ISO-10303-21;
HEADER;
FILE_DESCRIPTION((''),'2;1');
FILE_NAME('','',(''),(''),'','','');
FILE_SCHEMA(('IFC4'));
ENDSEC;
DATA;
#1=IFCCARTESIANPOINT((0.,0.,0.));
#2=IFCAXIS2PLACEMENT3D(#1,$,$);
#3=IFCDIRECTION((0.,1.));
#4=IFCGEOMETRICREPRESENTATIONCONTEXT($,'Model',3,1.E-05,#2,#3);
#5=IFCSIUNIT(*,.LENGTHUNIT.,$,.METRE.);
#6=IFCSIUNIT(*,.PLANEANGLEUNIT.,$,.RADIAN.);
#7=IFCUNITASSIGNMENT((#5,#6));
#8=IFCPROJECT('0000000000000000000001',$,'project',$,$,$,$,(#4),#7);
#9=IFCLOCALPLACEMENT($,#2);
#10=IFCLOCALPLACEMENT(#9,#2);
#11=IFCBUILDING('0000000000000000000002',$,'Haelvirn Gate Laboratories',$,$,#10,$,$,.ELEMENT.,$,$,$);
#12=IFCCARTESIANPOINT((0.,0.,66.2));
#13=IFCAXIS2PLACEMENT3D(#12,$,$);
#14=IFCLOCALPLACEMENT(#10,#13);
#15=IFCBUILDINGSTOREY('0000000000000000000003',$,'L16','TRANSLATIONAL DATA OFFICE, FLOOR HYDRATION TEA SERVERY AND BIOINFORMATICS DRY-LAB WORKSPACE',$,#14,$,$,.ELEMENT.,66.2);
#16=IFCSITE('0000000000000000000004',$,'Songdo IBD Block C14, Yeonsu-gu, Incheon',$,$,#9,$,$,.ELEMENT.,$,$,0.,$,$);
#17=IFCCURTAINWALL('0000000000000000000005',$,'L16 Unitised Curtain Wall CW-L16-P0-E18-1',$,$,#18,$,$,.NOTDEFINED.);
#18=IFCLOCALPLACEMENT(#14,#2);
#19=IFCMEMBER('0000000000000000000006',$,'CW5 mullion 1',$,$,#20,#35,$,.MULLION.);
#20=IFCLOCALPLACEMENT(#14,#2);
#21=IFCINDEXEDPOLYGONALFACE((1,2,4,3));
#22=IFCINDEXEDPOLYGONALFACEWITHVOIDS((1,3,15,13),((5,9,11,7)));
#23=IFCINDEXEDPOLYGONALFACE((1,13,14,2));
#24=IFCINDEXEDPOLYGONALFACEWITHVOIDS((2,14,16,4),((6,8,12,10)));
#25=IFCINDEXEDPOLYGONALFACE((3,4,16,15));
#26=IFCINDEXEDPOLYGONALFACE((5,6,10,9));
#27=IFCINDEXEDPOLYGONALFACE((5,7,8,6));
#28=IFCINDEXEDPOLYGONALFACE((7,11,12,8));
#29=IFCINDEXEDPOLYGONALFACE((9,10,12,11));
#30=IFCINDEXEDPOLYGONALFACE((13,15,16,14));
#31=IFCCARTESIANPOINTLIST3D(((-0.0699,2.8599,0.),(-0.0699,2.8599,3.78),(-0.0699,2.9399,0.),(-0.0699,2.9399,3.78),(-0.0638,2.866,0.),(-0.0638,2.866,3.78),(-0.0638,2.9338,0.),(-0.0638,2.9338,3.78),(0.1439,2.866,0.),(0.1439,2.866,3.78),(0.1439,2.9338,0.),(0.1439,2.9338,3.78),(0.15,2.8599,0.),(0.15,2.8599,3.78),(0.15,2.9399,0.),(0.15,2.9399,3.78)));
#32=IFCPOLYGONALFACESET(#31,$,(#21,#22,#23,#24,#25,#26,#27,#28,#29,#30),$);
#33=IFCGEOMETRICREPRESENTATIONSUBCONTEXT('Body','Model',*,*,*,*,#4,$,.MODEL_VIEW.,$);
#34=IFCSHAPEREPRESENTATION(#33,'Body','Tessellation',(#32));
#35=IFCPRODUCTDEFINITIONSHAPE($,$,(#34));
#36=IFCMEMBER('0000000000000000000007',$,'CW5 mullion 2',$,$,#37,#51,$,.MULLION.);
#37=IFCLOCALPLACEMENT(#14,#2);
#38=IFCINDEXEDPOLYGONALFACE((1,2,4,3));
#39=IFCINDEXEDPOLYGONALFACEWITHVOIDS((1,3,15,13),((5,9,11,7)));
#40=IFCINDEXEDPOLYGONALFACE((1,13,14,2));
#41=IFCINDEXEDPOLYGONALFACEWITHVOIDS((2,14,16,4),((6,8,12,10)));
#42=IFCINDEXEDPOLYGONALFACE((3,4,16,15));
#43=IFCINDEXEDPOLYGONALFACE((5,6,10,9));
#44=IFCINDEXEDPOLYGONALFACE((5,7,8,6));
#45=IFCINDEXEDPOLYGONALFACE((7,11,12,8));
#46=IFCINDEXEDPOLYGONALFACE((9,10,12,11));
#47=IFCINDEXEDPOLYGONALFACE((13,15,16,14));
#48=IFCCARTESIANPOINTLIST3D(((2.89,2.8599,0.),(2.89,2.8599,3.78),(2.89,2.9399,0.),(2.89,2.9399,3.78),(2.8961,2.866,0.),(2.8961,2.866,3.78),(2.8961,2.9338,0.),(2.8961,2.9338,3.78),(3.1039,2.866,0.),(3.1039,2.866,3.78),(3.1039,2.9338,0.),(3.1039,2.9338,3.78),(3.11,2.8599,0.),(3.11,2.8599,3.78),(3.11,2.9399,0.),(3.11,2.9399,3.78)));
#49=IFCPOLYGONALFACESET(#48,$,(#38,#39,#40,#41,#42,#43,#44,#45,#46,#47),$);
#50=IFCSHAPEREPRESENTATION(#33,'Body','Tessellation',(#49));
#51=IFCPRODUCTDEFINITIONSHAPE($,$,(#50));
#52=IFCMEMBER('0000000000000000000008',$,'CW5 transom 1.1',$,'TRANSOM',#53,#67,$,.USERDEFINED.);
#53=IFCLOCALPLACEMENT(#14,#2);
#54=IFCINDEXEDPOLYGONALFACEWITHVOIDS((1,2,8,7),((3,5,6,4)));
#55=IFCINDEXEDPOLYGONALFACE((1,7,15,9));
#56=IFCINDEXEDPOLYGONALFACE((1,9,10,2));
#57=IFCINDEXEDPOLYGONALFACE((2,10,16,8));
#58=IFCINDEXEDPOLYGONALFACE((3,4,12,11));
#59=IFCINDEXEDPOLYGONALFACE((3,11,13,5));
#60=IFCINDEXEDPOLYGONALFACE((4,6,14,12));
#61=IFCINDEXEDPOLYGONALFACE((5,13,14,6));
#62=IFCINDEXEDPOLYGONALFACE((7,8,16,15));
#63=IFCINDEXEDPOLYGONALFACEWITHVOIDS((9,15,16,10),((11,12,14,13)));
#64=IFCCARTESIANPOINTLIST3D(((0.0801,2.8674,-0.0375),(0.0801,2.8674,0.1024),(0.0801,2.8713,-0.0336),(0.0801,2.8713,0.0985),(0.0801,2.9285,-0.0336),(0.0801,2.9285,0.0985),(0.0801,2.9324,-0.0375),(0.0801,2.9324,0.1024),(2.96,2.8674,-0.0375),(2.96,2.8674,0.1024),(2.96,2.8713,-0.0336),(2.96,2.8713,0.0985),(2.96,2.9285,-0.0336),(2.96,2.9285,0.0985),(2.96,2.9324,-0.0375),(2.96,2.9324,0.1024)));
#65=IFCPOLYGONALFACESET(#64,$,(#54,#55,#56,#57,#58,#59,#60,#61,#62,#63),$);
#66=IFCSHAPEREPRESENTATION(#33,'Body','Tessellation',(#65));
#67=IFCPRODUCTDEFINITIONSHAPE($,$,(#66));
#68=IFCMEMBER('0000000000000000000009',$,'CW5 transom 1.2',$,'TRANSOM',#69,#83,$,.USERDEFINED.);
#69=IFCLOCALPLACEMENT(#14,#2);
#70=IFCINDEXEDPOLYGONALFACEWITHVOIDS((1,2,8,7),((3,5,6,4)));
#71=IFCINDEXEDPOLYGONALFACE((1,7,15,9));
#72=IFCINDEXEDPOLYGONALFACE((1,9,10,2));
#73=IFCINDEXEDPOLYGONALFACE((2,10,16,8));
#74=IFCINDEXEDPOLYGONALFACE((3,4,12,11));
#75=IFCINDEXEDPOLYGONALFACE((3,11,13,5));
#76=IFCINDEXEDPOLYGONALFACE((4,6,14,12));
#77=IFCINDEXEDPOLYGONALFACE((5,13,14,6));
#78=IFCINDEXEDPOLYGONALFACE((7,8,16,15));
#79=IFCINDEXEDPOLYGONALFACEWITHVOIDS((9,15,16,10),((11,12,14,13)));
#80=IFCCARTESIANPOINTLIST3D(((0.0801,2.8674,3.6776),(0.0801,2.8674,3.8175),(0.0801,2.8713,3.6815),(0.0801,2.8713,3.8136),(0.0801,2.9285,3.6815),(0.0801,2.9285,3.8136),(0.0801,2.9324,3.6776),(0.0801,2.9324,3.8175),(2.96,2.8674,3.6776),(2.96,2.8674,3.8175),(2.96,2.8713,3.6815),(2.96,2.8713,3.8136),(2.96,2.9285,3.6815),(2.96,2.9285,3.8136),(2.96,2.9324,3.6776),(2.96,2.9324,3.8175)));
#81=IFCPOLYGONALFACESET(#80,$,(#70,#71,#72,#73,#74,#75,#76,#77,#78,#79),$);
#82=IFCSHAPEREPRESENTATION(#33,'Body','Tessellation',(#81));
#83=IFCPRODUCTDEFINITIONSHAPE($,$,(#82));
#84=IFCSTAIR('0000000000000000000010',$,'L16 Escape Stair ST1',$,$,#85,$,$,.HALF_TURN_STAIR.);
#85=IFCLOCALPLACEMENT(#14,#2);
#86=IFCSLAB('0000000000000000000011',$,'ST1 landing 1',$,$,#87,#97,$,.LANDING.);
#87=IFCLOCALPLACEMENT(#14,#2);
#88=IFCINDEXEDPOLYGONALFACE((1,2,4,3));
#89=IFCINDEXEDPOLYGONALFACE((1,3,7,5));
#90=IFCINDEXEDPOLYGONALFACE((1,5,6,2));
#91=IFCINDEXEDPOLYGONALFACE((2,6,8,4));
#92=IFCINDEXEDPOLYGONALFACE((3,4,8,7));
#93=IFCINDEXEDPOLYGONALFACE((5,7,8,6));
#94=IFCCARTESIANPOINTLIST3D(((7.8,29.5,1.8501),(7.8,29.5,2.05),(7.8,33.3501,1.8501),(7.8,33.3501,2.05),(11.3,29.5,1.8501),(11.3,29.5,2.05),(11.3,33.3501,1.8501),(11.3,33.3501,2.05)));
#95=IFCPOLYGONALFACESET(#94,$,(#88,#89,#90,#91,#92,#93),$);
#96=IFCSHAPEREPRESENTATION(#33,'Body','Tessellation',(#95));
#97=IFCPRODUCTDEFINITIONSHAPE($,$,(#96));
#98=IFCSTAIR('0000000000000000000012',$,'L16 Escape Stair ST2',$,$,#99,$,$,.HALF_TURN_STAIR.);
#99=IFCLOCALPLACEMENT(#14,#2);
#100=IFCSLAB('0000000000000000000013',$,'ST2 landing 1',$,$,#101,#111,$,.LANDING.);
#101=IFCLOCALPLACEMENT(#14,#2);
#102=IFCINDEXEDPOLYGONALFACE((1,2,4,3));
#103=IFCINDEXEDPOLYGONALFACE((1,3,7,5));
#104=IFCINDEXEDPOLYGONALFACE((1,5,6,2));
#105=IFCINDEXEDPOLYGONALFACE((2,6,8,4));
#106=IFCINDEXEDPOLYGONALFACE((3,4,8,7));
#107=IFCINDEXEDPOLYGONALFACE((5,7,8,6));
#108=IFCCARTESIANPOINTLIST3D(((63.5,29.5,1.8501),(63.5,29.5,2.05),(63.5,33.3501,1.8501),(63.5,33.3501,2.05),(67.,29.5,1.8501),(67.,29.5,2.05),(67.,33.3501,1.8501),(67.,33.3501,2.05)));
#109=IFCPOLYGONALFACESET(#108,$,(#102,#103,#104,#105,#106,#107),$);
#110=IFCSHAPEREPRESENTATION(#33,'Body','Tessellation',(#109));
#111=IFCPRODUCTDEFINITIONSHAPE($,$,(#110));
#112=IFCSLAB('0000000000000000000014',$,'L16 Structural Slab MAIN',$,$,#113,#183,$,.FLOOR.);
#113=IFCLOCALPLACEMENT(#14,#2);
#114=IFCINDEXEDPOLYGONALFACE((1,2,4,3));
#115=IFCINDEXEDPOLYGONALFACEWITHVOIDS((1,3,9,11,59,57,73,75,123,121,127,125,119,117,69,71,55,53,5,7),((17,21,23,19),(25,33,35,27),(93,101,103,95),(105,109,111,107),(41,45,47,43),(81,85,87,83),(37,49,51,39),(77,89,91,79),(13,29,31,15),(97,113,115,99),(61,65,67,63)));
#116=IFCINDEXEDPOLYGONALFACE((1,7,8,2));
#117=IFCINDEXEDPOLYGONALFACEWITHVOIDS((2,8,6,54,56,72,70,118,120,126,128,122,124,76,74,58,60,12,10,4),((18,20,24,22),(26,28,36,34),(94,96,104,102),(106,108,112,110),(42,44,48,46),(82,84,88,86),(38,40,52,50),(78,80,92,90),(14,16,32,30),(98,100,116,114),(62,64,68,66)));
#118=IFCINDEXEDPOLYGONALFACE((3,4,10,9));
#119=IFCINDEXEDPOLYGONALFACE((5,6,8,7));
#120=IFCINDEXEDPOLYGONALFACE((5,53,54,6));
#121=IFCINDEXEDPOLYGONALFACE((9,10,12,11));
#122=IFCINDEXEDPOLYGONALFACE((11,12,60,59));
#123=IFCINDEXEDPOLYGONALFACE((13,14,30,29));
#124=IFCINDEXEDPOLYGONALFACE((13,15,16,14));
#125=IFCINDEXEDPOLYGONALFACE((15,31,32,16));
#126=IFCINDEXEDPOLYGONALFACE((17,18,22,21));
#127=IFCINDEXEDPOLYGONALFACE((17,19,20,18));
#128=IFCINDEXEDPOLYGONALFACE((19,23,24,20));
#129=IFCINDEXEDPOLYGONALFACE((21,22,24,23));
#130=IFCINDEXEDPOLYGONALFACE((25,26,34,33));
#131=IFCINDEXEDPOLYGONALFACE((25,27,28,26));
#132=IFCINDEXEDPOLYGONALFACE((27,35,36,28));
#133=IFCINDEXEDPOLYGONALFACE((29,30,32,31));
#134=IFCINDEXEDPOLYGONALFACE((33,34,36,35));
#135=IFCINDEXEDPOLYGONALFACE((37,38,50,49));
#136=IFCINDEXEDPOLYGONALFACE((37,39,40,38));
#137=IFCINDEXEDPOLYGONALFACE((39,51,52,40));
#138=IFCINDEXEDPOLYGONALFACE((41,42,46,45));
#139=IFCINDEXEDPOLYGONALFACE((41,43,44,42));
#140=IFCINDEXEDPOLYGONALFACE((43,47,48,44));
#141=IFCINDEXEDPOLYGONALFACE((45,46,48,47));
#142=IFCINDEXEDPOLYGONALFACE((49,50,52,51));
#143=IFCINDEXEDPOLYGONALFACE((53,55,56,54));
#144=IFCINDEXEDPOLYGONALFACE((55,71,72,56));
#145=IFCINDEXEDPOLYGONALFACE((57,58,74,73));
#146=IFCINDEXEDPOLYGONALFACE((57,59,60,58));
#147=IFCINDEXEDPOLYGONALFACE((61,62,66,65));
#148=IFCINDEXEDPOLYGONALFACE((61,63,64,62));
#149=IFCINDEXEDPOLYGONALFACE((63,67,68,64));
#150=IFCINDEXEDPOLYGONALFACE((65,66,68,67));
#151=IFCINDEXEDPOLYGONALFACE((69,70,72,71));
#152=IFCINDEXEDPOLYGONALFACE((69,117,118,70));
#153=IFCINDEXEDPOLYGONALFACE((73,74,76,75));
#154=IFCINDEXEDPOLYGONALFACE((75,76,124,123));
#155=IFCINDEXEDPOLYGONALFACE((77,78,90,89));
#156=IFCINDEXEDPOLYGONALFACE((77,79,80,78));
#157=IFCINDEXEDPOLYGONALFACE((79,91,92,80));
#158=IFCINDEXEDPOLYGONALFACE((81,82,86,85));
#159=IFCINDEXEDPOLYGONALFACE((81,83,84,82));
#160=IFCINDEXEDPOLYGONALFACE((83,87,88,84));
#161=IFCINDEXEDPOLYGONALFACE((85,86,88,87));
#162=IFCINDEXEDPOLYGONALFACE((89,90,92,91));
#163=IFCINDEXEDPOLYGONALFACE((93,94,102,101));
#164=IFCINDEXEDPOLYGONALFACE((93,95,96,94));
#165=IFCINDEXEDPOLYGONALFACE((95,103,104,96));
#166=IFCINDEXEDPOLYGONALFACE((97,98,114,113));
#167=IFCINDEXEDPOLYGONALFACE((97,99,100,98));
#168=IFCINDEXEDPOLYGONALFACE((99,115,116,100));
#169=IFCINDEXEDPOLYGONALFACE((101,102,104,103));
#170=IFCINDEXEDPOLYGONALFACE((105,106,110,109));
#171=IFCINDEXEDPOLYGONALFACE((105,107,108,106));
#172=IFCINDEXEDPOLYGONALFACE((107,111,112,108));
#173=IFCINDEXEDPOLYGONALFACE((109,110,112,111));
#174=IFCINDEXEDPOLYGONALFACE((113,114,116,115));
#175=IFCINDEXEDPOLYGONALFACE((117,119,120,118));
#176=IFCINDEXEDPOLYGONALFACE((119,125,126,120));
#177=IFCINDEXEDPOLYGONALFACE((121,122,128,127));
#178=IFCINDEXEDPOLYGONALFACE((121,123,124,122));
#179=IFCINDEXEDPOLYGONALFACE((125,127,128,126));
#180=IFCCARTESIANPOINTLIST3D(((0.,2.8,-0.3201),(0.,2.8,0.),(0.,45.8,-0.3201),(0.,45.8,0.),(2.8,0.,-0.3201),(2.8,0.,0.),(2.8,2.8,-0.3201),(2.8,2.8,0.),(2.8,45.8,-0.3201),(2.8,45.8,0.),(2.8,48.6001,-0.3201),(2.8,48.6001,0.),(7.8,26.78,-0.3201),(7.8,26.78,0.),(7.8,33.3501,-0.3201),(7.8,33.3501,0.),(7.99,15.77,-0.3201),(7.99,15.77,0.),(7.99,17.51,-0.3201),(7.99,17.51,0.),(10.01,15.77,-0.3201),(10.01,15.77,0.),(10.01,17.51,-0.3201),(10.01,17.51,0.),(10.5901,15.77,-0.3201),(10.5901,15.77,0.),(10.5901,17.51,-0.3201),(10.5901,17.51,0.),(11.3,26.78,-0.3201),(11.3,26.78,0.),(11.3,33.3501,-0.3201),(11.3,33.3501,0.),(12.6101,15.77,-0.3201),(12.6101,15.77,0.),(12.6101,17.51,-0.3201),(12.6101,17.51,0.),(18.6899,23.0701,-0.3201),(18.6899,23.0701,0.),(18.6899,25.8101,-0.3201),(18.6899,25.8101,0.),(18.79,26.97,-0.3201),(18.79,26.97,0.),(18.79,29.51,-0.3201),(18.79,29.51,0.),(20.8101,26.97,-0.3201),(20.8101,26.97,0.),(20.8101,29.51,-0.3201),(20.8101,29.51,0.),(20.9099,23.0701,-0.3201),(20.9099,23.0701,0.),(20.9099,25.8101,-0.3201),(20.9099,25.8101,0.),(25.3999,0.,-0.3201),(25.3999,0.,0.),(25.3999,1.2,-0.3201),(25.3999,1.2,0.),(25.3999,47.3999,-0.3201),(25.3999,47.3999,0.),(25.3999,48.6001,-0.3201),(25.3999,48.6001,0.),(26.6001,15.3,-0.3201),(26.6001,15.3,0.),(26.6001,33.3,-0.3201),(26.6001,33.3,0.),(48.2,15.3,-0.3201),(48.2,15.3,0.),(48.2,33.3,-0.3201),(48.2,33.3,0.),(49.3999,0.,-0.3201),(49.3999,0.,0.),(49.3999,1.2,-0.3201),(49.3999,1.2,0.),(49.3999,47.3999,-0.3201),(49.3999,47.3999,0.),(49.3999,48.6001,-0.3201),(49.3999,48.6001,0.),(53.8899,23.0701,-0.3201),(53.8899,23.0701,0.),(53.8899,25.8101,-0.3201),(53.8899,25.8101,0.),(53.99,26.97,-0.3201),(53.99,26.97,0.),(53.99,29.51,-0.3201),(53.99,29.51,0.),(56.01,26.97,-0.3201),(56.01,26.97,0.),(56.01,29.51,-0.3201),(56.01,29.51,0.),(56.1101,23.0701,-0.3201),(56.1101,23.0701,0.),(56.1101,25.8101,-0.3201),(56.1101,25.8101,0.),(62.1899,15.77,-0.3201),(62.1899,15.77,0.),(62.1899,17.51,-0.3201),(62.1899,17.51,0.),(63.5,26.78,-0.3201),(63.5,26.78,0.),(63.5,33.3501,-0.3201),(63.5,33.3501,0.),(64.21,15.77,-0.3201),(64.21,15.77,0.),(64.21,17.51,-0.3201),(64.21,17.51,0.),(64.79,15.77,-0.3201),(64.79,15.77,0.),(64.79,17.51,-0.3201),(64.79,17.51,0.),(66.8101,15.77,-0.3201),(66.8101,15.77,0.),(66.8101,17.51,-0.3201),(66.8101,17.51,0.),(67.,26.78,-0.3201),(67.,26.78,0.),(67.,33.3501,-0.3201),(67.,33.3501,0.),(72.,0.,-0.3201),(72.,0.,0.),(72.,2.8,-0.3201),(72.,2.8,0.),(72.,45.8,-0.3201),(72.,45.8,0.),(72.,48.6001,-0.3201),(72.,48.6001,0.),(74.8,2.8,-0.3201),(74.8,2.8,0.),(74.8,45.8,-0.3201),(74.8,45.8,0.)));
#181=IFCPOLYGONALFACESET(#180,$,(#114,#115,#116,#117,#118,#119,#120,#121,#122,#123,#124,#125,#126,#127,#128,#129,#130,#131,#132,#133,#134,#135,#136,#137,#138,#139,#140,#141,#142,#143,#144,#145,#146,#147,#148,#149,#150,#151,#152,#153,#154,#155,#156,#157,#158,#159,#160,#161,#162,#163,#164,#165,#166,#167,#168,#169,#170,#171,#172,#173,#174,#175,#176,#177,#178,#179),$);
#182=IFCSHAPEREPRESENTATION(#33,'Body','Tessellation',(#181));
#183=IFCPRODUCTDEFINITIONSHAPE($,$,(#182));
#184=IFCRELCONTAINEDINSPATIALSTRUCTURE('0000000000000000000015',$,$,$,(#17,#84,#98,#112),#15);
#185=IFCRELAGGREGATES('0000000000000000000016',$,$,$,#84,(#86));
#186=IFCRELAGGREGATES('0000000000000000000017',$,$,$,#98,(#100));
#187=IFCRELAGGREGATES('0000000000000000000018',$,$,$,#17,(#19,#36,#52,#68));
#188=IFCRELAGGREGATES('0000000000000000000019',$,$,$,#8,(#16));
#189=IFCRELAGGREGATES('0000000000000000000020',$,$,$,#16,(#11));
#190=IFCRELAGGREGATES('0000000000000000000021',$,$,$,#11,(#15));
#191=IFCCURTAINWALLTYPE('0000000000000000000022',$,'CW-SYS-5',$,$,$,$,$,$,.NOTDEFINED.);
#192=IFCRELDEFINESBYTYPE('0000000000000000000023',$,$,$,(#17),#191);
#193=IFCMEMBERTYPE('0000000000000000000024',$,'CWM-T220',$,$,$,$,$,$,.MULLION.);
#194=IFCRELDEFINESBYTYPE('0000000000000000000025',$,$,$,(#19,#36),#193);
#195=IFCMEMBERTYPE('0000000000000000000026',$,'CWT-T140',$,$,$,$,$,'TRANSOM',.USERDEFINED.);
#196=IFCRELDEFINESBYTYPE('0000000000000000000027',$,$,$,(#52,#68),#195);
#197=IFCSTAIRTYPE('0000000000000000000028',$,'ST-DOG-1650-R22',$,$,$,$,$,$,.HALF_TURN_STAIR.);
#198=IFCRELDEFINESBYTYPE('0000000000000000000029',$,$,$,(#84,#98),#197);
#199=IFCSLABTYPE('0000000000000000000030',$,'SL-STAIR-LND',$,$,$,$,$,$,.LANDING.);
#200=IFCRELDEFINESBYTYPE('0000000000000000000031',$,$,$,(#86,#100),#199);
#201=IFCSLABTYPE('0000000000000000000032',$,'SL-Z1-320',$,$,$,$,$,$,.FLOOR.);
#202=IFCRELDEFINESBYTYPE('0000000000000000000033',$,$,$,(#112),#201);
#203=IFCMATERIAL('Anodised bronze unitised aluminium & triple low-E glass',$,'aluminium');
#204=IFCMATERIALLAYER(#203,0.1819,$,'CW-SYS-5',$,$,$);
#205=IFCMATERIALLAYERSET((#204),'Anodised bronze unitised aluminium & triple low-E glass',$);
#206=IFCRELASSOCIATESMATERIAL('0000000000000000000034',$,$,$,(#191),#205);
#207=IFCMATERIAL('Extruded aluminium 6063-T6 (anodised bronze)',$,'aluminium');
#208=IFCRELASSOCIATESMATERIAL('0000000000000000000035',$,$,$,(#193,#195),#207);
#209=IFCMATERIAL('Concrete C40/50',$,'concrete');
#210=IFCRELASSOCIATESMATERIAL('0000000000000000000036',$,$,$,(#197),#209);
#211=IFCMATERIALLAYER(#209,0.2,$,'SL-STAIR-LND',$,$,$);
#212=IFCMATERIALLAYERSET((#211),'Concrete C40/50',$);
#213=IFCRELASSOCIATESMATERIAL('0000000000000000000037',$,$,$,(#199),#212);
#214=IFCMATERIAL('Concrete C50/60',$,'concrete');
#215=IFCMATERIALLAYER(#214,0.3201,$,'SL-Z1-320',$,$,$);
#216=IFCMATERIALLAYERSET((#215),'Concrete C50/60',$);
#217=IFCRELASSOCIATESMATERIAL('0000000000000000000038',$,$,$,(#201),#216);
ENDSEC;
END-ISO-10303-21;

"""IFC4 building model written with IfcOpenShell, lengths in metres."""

from ifc_helpers import new_model, si_unit, direction, frame, origin, origin_2d, place, context, subcontext, project, spatial, polyline, hollow_rectangle, outline, extrude, source, transform, mapped, material, layer, layer_set, material_profile, profile_set, type_object, type_shapes, element, aggregate, save


model = new_model("IFC4")

# Units and contexts
model_context = context("Model", 3, precision=1e-05, world=origin(), true_north=direction((0.0, 1.0)))
body_context = subcontext(model_context, "Body", "Model", "MODEL_VIEW")
ifc_project = project(units=[si_unit("LENGTHUNIT", "METRE"), si_unit("PLANEANGLEUNIT", "RADIAN")], contexts=[model_context])

# Site, building, storey
site_placement = place(None, origin())
site = spatial("IfcSite", under=ifc_project, at=site_placement, Name="Songdo IBD Block C14, Yeonsu-gu, Incheon", CompositionType="ELEMENT", RefElevation=0.0)
building_placement = place(site_placement, origin())
building = spatial("IfcBuilding", under=site, at=building_placement, Name="Haelvirn Gate Laboratories", CompositionType="ELEMENT")
storey_placement = place(building_placement, frame((0.0, 0.0, 66.2)))
storey = spatial("IfcBuildingStorey", under=building, at=storey_placement, Name="L16", Description="TRANSLATIONAL DATA OFFICE, FLOOR HYDRATION TEA SERVERY AND BIOINFORMATICS DRY-LAB WORKSPACE", CompositionType="ELEMENT", Elevation=66.2)

# Shared definitions
ifc_material_1 = material(Name="Anodised bronze unitised aluminium & triple low-E glass", Category="aluminium")
ifc_material_2 = material(Name="Extruded aluminium 6063-T6 (anodised bronze)", Category="aluminium")

# Curtain wall, members
ifc_layer_1 = layer(ifc_material_1, 0.1819, Name="CW-SYS-5")
ifc_layer_set_1 = layer_set([ifc_layer_1], Name="Anodised bronze unitised aluminium & triple low-E glass")
curtain_wall_type_1 = type_object("IfcCurtainWallType", Name="CW-SYS-5", PredefinedType="NOTDEFINED", material=ifc_layer_set_1)
curtain_wall_1_placement = place(storey_placement, origin())
curtain_wall_1 = element("IfcCurtainWall", 1, at=curtain_wall_1_placement, inside=storey, type_object=curtain_wall_type_1, Name="L16 Unitised Curtain Wall CW-L16-P0-E18-1", PredefinedType="NOTDEFINED")
ifc_material_profile_1 = material_profile(ifc_material_2, hollow_rectangle(XDim=0.0801, YDim=0.22, WallThickness=0.0061, at=origin_2d()), Name="CWM-220x80x6")
ifc_profile_set_1 = profile_set([ifc_material_profile_1], Name="Extruded aluminium 6063-T6 (anodised bronze)")
member_type_1 = type_object("IfcMemberType", Name="CWM-T220", PredefinedType="MULLION", material=ifc_profile_set_1)
shared_shape_1 = source(origin(), body_context, "Body", "SweptSolid", [
    extrude(hollow_rectangle(XDim=0.0801, YDim=0.22, WallThickness=0.0061, at=origin_2d()), origin(), (0.0, 0.0, 1.0), 3.78),
])
type_shapes(member_type_1, [shared_shape_1])
member_1_placement = place(storey_placement, frame((0.04, 2.8999, 0.0), z_axis=(0.0, 0.0, 1.0), x_axis=(0.0, 1.0, 0.0)))
member_1 = element("IfcMember", 2, at=member_1_placement, type_object=member_type_1, Name="CW5 mullion 1", PredefinedType="MULLION", context=body_context, shape_type="MappedRepresentation", body=[
    mapped(shared_shape_1, transform((0.0, 0.0, 0.0), scale=1.0)),
])
member_2_placement = place(storey_placement, frame((3.0, 2.8999, 0.0), z_axis=(0.0, 0.0, 1.0), x_axis=(0.0, 1.0, 0.0)))
member_2 = element("IfcMember", 3, at=member_2_placement, type_object=member_type_1, Name="CW5 mullion 2", PredefinedType="MULLION", context=body_context, shape_type="MappedRepresentation", body=[
    mapped(shared_shape_1, transform((0.0, 0.0, 0.0), scale=1.0)),
])
ifc_material_profile_2 = material_profile(ifc_material_2, hollow_rectangle(XDim=0.0649, YDim=0.1399, WallThickness=0.0039, at=origin_2d()), Name="CWT-140x65x4")
ifc_profile_set_2 = profile_set([ifc_material_profile_2], Name="Extruded aluminium 6063-T6 (anodised bronze)")
member_type_2 = type_object("IfcMemberType", Name="CWT-T140", ElementType="TRANSOM", PredefinedType="USERDEFINED", material=ifc_profile_set_2)
shared_shape_2 = source(origin(), body_context, "Body", "SweptSolid", [
    extrude(hollow_rectangle(XDim=0.0649, YDim=0.1399, WallThickness=0.0039, at=origin_2d()), origin(), (0.0, 0.0, 1.0), 2.8799),
])
type_shapes(member_type_2, [shared_shape_2])
member_3_placement = place(storey_placement, frame((0.0801, 2.8999, 0.0325), z_axis=(1.0, 0.0, 0.0), x_axis=(0.0, 1.0, 0.0)))
member_3 = element("IfcMember", 4, at=member_3_placement, type_object=member_type_2, Name="CW5 transom 1.1", ObjectType="TRANSOM", PredefinedType="USERDEFINED", context=body_context, shape_type="MappedRepresentation", body=[
    mapped(shared_shape_2, transform((0.0, 0.0, 0.0), scale=1.0)),
])
member_4_placement = place(storey_placement, frame((0.0801, 2.8999, 3.7476), z_axis=(1.0, 0.0, 0.0), x_axis=(0.0, 1.0, 0.0)))
member_4 = element("IfcMember", 5, at=member_4_placement, type_object=member_type_2, Name="CW5 transom 1.2", ObjectType="TRANSOM", PredefinedType="USERDEFINED", context=body_context, shape_type="MappedRepresentation", body=[
    mapped(shared_shape_2, transform((0.0, 0.0, 0.0), scale=1.0)),
])

# Stairs, slabs
ifc_material_3 = material(Name="Concrete C40/50", Category="concrete")
stair_type = type_object("IfcStairType", Name="ST-DOG-1650-R22", PredefinedType="HALF_TURN_STAIR", material=ifc_material_3)
stair_1_placement = place(storey_placement, origin())
stair_1 = element("IfcStair", 6, at=stair_1_placement, inside=storey, type_object=stair_type, Name="L16 Escape Stair ST1", PredefinedType="HALF_TURN_STAIR")
ifc_layer_2 = layer(ifc_material_3, 0.2, Name="SL-STAIR-LND")
ifc_layer_set_2 = layer_set([ifc_layer_2], Name="Concrete C40/50")
slab_type_1 = type_object("IfcSlabType", Name="SL-STAIR-LND", PredefinedType="LANDING", material=ifc_layer_set_2)
slab_1_placement = place(storey_placement, frame((0.0, 0.0, 1.8501)))
slab_1 = element("IfcSlab", 7, at=slab_1_placement, type_object=slab_type_1, Name="ST1 landing 1", PredefinedType="LANDING", context=body_context, shape_type="SweptSolid", body=[
    extrude(outline(polyline([(11.3, 29.5), (11.3, 33.3501), (7.8, 33.3501), (7.8, 29.5), (11.3, 29.5)])), origin(), (0.0, 0.0, 1.0), 0.2),
])
aggregate(stair_1, [slab_1])
stair_2_placement = place(storey_placement, origin())
stair_2 = element("IfcStair", 8, at=stair_2_placement, inside=storey, type_object=stair_type, Name="L16 Escape Stair ST2", PredefinedType="HALF_TURN_STAIR")
slab_2_placement = place(storey_placement, frame((0.0, 0.0, 1.8501)))
slab_2 = element("IfcSlab", 9, at=slab_2_placement, type_object=slab_type_1, Name="ST2 landing 1", PredefinedType="LANDING", context=body_context, shape_type="SweptSolid", body=[
    extrude(outline(polyline([(67.0, 29.5), (67.0, 33.3501), (63.5, 33.3501), (63.5, 29.5), (67.0, 29.5)])), origin(), (0.0, 0.0, 1.0), 0.2),
])
aggregate(stair_2, [slab_2])

# Slab
ifc_material_4 = material(Name="Concrete C50/60", Category="concrete")
ifc_layer_3 = layer(ifc_material_4, 0.3201, Name="SL-Z1-320")
ifc_layer_set_3 = layer_set([ifc_layer_3], Name="Concrete C50/60")
slab_type_2 = type_object("IfcSlabType", Name="SL-Z1-320", PredefinedType="FLOOR", material=ifc_layer_set_3)
slab_3_placement = place(storey_placement, frame((0.0, 0.0, -0.3201)))
element("IfcSlab", 10, at=slab_3_placement, inside=storey, type_object=slab_type_2, Name="L16 Structural Slab MAIN", PredefinedType="FLOOR", context=body_context, shape_type="SweptSolid", body=[
    extrude(outline(polyline([(2.8, 0.0), (25.3999, 0.0), (25.3999, 1.2), (49.3999, 1.2), (49.3999, 0.0), (72.0, 0.0), (72.0, 2.8), (74.8, 2.8), (74.8, 45.8), (72.0, 45.8), (72.0, 48.6001), (49.3999, 48.6001), (49.3999, 47.3999), (25.3999, 47.3999), (25.3999, 48.6001), (2.8, 48.6001), (2.8, 45.8), (0.0, 45.8), (0.0, 2.8), (2.8, 2.8), (2.8, 0.0)]), holes=[polyline([(26.6001, 15.3), (48.2, 15.3), (48.2, 33.3), (26.6001, 33.3), (26.6001, 15.3)]), polyline([(11.3, 26.78), (11.3, 33.3501), (7.8, 33.3501), (7.8, 26.78), (11.3, 26.78)]), polyline([(67.0, 26.78), (67.0, 33.3501), (63.5, 33.3501), (63.5, 26.78), (67.0, 26.78)]), polyline([(7.99, 15.77), (10.01, 15.77), (10.01, 17.51), (7.99, 17.51), (7.99, 15.77)]), polyline([(10.5901, 15.77), (12.6101, 15.77), (12.6101, 17.51), (10.5901, 17.51), (10.5901, 15.77)]), polyline([(18.79, 26.97), (20.8101, 26.97), (20.8101, 29.51), (18.79, 29.51), (18.79, 26.97)]), polyline([(18.6899, 23.0701), (20.9099, 23.0701), (20.9099, 25.8101), (18.6899, 25.8101), (18.6899, 23.0701)]), polyline([(64.79, 15.77), (66.8101, 15.77), (66.8101, 17.51), (64.79, 17.51), (64.79, 15.77)]), polyline([(62.1899, 15.77), (64.21, 15.77), (64.21, 17.51), (62.1899, 17.51), (62.1899, 15.77)]), polyline([(53.99, 26.97), (56.01, 26.97), (56.01, 29.51), (53.99, 29.51), (53.99, 26.97)]), polyline([(53.8899, 23.0701), (56.1101, 23.0701), (56.1101, 25.8101), (53.8899, 25.8101), (53.8899, 23.0701)])]), origin(), (0.0, 0.0, 1.0), 0.3201),
])

aggregate(curtain_wall_1, [member_1, member_2, member_3, member_4])

save(model, "model.ifc")
